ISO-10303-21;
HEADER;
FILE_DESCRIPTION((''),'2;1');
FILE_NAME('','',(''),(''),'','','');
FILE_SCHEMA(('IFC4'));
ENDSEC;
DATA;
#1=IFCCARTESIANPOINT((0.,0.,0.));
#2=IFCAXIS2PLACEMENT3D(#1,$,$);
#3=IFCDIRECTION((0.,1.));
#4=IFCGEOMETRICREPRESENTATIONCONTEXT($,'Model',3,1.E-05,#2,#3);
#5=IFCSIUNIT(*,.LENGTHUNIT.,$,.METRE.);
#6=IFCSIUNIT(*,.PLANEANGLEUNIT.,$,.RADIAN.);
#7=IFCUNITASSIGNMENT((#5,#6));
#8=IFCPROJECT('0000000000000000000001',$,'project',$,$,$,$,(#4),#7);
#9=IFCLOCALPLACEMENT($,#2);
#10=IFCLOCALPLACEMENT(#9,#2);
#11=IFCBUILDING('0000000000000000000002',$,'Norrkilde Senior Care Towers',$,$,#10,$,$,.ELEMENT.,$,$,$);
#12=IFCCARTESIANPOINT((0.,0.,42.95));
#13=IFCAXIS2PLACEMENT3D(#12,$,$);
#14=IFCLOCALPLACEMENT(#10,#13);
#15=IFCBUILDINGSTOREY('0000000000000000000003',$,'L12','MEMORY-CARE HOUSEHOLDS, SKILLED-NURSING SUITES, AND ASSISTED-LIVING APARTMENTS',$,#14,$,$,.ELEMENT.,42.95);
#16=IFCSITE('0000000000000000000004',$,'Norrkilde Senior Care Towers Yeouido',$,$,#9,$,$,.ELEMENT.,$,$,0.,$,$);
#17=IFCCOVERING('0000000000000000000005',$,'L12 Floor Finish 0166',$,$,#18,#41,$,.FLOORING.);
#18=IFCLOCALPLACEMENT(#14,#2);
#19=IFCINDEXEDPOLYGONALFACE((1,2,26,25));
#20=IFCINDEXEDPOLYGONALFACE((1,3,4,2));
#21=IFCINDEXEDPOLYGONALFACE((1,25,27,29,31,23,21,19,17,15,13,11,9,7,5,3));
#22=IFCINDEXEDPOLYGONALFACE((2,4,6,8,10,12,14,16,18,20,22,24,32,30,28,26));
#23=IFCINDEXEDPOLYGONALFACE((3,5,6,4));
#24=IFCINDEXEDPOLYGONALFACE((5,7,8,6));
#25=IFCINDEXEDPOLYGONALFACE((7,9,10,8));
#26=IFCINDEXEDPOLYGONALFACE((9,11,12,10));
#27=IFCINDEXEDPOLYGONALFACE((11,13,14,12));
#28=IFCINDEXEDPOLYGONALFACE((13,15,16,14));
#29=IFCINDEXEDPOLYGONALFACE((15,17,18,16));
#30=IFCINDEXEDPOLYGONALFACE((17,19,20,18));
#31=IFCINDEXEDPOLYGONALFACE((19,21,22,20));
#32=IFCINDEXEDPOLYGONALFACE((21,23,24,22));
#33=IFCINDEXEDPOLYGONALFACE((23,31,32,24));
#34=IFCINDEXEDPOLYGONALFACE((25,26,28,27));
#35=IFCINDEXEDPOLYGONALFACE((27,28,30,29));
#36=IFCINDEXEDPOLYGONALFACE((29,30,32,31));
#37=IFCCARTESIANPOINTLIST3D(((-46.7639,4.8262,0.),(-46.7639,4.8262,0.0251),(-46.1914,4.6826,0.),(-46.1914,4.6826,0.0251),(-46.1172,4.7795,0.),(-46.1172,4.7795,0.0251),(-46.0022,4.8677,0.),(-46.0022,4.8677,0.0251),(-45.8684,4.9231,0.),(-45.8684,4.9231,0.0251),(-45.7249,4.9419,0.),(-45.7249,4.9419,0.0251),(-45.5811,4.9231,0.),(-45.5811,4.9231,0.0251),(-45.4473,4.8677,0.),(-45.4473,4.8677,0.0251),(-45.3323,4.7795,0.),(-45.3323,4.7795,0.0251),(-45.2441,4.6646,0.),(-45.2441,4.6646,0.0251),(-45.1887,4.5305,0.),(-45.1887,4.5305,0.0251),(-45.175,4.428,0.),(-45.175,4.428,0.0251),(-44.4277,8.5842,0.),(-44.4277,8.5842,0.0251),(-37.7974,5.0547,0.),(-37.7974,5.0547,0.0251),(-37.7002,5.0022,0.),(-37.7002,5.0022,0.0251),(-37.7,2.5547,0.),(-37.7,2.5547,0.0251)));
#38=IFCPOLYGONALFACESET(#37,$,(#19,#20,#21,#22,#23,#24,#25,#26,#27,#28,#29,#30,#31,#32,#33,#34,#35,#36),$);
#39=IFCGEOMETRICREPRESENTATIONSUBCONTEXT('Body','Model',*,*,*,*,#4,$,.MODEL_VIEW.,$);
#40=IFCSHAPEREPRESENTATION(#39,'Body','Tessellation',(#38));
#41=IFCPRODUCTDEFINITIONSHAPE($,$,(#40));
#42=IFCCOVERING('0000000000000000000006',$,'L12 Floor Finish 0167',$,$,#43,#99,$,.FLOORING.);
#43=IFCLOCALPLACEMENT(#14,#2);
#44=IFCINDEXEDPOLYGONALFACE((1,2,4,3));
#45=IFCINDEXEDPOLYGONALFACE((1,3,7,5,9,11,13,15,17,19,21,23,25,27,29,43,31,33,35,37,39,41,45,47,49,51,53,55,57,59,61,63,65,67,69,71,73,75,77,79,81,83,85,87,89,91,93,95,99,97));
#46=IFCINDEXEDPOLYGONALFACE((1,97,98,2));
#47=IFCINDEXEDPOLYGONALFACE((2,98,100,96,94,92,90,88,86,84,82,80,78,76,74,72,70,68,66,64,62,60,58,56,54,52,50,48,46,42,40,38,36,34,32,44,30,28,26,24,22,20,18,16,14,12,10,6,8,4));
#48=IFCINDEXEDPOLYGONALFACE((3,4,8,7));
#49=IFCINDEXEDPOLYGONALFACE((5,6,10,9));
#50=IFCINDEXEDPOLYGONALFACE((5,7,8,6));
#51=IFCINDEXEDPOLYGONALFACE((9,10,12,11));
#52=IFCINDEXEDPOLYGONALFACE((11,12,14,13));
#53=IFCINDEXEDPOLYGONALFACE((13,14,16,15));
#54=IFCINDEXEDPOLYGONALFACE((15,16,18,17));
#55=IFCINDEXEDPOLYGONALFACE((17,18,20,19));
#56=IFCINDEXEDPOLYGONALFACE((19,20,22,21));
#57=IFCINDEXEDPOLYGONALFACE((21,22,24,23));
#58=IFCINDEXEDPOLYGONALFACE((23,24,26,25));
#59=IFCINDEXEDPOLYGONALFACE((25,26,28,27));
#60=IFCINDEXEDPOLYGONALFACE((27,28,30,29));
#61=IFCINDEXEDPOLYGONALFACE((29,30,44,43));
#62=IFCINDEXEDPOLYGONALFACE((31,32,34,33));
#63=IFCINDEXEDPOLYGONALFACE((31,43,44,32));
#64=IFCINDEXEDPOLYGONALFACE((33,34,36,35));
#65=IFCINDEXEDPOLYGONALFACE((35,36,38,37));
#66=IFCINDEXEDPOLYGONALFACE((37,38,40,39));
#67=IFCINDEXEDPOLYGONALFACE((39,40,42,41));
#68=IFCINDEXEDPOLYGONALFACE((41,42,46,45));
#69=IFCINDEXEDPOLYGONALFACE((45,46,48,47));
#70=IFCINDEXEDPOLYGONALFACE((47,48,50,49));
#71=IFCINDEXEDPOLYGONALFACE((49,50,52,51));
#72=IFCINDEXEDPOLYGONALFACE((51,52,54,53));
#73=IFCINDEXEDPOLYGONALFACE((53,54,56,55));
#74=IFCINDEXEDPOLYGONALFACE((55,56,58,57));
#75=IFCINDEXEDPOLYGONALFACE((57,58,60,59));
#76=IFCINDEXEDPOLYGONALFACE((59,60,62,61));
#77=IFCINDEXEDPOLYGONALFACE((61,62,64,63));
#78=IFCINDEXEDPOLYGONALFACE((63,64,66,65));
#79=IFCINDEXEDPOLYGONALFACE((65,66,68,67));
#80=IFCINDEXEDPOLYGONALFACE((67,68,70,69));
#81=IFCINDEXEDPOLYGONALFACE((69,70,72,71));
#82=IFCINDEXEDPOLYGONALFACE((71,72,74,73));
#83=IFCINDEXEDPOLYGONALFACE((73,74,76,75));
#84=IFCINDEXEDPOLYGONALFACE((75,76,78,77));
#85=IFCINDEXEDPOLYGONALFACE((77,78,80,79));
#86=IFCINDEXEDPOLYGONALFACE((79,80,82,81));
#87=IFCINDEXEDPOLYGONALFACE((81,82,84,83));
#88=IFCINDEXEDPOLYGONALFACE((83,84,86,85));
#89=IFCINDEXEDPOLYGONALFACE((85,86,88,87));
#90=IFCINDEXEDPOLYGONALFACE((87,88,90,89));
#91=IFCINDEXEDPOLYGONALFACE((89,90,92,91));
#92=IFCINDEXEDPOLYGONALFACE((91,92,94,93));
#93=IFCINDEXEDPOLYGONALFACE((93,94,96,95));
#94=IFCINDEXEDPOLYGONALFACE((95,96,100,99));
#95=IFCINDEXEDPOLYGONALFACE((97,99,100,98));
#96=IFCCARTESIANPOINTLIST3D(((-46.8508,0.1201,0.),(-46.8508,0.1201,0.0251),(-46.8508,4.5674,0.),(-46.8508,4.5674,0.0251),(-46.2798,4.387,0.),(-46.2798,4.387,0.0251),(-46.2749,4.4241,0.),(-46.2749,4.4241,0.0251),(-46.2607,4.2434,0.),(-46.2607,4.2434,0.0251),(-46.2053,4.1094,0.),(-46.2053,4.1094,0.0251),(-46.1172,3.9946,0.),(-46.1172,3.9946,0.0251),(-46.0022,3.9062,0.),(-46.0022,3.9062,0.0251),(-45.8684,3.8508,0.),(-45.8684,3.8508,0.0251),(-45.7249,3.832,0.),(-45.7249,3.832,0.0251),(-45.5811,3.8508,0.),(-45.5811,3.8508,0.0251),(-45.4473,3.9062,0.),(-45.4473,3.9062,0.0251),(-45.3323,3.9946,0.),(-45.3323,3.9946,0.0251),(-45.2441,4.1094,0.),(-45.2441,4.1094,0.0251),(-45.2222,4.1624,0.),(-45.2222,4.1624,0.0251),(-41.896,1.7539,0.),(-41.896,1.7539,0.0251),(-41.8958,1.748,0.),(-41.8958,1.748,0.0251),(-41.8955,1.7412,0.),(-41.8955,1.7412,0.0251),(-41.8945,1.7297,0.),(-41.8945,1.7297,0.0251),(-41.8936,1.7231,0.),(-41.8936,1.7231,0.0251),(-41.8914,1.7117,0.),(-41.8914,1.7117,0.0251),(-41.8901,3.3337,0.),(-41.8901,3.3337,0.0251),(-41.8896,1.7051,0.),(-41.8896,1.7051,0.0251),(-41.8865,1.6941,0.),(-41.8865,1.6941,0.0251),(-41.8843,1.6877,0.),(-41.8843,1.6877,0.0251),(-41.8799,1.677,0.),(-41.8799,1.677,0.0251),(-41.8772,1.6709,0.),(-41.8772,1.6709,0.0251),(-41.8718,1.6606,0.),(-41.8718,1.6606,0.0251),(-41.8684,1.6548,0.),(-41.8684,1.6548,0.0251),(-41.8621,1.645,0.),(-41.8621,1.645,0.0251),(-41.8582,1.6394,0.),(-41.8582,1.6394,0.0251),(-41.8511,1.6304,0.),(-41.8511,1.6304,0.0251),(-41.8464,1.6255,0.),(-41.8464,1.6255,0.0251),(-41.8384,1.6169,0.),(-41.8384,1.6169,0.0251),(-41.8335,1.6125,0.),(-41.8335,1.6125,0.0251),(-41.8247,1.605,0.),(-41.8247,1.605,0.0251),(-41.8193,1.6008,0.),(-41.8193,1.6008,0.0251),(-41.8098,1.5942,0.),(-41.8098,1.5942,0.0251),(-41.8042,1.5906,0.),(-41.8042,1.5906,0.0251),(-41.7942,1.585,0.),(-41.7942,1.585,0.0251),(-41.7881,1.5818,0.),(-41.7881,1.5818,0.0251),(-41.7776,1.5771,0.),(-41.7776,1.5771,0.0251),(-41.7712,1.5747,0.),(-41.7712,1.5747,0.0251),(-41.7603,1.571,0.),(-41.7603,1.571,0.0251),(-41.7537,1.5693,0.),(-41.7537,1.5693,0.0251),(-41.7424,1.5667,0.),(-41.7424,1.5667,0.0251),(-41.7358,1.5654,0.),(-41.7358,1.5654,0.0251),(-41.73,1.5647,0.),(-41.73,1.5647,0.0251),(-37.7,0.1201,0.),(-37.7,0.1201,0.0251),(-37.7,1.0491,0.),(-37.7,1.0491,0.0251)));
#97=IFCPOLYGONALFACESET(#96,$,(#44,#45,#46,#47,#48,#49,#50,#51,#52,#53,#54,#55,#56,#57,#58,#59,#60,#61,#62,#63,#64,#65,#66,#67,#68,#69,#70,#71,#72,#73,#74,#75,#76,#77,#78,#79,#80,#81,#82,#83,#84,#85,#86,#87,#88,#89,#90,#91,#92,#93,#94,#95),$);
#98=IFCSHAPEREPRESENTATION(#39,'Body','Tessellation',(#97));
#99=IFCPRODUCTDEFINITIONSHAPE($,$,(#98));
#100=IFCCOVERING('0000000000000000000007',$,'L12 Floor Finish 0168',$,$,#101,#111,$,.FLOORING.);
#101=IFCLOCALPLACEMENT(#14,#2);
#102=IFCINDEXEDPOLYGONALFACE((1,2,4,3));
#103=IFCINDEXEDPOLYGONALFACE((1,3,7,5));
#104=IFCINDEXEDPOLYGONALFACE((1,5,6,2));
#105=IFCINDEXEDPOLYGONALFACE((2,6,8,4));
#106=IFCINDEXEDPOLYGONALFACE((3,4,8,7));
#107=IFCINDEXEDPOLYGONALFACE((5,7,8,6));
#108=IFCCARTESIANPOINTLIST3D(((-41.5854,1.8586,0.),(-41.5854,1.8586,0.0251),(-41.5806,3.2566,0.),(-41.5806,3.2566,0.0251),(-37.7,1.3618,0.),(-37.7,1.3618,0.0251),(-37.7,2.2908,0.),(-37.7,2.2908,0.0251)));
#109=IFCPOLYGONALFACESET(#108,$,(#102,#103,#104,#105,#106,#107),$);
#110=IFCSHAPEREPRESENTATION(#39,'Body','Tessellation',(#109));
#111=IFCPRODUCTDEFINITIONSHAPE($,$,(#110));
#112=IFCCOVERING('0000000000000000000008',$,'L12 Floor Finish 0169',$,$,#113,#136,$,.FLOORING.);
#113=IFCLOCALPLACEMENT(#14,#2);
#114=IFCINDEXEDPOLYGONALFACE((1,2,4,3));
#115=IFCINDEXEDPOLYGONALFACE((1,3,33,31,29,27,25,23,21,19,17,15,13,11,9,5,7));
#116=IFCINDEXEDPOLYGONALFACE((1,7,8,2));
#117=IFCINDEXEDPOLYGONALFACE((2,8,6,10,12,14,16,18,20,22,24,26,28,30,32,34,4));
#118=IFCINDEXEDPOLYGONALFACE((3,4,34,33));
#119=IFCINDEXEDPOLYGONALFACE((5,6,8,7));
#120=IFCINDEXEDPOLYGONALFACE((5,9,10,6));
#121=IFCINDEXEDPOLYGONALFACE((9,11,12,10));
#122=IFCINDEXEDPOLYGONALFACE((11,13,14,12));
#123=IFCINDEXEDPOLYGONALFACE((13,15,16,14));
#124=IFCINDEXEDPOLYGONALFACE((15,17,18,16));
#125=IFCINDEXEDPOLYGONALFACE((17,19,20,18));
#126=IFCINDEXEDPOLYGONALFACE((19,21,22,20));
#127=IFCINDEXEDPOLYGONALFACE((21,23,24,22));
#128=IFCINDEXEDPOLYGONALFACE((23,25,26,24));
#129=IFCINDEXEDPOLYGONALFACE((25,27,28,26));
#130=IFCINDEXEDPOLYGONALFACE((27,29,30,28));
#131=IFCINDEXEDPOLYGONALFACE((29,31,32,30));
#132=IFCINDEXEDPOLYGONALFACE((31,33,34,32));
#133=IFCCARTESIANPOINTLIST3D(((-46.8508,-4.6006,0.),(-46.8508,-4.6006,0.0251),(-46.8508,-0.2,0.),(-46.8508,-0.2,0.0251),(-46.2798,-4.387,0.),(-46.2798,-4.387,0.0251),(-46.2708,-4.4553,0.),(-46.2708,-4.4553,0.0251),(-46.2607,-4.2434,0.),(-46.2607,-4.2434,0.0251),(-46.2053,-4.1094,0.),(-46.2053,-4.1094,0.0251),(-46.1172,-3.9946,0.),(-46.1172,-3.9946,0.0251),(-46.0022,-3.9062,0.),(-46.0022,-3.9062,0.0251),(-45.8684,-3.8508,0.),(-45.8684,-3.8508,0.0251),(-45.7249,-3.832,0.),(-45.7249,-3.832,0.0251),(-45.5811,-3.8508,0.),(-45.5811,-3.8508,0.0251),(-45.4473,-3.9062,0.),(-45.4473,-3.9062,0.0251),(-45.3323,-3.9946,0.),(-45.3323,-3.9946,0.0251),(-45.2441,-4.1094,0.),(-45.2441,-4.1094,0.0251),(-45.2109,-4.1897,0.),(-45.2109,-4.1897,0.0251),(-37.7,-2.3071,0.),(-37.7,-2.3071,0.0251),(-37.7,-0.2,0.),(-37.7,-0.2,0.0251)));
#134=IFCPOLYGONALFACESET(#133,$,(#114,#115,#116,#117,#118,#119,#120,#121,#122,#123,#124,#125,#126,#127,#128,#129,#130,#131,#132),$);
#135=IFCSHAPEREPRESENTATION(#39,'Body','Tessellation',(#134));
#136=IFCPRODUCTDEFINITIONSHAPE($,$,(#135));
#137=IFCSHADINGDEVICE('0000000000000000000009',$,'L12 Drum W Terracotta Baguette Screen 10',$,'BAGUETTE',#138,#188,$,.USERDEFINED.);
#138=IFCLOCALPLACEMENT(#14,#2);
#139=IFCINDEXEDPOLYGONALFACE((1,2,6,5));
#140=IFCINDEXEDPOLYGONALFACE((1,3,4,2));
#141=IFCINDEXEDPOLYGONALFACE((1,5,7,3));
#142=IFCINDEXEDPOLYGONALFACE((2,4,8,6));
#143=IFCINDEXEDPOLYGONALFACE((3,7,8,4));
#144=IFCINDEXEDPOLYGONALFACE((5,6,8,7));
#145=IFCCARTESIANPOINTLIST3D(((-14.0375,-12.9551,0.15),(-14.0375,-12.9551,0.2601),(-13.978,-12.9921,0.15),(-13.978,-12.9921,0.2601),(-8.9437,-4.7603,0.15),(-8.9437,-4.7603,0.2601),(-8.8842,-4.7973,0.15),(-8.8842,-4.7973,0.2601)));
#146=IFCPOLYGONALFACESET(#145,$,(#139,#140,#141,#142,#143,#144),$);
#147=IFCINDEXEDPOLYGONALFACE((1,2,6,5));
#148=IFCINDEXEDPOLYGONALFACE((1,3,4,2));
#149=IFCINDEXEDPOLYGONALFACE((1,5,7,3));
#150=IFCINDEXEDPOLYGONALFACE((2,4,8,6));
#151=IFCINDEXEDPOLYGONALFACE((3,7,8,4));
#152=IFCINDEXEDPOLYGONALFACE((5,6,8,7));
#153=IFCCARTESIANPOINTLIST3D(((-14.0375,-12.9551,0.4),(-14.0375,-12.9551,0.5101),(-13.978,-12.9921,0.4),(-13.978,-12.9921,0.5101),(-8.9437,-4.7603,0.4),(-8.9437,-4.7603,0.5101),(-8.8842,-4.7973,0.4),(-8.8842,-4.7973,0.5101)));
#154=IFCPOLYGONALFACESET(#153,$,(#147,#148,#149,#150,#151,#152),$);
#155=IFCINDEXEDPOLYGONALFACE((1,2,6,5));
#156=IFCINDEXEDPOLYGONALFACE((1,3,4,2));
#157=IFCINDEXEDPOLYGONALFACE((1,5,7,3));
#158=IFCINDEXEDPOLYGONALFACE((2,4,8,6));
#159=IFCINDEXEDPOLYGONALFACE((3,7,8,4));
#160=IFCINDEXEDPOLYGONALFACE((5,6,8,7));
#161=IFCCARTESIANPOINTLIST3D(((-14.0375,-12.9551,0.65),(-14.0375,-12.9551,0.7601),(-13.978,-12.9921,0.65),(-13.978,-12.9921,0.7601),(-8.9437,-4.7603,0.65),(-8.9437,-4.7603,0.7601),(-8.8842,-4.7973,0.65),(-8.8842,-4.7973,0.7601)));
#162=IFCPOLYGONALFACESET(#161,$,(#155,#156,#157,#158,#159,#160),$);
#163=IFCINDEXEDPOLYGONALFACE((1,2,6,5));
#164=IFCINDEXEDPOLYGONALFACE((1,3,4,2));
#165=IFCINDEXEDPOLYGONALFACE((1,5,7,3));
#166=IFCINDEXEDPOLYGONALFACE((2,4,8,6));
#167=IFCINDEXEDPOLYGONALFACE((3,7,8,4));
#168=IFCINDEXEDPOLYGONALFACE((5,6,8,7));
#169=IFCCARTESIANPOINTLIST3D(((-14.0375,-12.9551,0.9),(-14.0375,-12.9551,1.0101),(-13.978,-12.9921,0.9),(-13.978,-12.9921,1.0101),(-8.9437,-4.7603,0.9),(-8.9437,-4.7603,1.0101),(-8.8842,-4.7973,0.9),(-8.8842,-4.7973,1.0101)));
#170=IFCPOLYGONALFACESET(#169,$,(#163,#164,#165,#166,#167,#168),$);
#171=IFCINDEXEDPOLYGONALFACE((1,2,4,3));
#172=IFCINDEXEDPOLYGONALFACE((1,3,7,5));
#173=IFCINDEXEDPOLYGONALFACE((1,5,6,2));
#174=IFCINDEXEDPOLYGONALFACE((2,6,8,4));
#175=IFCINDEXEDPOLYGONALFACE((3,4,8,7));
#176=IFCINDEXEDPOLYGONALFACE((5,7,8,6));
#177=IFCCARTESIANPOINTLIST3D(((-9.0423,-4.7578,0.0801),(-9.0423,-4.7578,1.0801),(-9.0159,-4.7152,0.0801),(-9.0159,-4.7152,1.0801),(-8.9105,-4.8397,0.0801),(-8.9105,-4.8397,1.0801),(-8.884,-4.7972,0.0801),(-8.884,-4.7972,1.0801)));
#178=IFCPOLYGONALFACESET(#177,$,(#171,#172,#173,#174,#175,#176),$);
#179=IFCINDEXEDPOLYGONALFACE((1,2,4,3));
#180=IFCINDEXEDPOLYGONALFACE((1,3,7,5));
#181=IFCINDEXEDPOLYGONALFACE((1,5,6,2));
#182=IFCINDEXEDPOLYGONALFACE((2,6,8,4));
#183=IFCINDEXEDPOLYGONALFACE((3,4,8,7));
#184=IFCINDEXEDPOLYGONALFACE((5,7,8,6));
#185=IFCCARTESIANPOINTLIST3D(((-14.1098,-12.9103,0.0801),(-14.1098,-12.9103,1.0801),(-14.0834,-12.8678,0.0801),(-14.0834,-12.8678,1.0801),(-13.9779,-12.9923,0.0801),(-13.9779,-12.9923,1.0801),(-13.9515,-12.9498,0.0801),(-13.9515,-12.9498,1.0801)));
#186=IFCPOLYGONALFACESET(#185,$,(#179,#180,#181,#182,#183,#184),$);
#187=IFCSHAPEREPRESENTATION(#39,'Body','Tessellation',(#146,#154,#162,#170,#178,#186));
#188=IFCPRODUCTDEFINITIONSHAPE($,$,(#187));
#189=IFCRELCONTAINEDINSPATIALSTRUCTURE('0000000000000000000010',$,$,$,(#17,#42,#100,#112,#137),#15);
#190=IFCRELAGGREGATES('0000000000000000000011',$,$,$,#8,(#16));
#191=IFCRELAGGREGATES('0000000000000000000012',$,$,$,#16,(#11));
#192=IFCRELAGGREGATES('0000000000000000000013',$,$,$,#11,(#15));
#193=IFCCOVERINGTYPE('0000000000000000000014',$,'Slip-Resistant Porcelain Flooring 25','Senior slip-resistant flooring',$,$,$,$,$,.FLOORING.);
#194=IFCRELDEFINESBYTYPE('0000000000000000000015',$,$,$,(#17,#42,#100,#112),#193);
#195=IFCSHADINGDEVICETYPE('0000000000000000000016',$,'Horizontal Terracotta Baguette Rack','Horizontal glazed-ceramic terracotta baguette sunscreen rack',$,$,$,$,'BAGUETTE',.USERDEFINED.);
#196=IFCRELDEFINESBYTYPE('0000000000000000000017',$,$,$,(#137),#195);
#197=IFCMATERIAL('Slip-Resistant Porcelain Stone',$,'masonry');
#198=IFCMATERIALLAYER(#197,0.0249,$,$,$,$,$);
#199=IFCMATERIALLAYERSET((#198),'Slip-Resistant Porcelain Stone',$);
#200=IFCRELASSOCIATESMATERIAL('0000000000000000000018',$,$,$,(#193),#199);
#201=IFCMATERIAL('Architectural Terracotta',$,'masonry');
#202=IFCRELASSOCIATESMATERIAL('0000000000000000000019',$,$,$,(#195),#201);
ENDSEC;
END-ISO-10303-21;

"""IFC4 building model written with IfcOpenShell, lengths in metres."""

from ifc_helpers import new_model, si_unit, direction, frame, origin, origin_2d, place, context, subcontext, project, spatial, polyline, rectangle, outline, extrude, source, transform, mapped, material, layer, layer_set, type_object, type_shapes, element, save


model = new_model("IFC4")

# Units and contexts
model_context = context("Model", 3, precision=1e-05, world=origin(), true_north=direction((0.0, 1.0)))
body_context = subcontext(model_context, "Body", "Model", "MODEL_VIEW")
ifc_project = project(units=[si_unit("LENGTHUNIT", "METRE"), si_unit("PLANEANGLEUNIT", "RADIAN")], contexts=[model_context])

# Site, building, storey
site_placement = place(None, origin())
site = spatial("IfcSite", under=ifc_project, at=site_placement, Name="Norrkilde Senior Care Towers Yeouido", CompositionType="ELEMENT", RefElevation=0.0)
building_placement = place(site_placement, origin())
building = spatial("IfcBuilding", under=site, at=building_placement, Name="Norrkilde Senior Care Towers", CompositionType="ELEMENT")
storey_placement = place(building_placement, frame((0.0, 0.0, 42.95)))
storey = spatial("IfcBuildingStorey", under=building, at=storey_placement, Name="L12", Description="MEMORY-CARE HOUSEHOLDS, SKILLED-NURSING SUITES, AND ASSISTED-LIVING APARTMENTS", CompositionType="ELEMENT", Elevation=42.95)

# Coverings
ifc_material_1 = material(Name="Slip-Resistant Porcelain Stone", Category="masonry")
ifc_layer_1 = layer(ifc_material_1, 0.0249)
ifc_layer_set_1 = layer_set([ifc_layer_1], Name="Slip-Resistant Porcelain Stone")
covering_type_1 = type_object("IfcCoveringType", Name="Slip-Resistant Porcelain Flooring 25", Description="Senior slip-resistant flooring", PredefinedType="FLOORING", material=ifc_layer_set_1)
covering_1_placement = place(storey_placement, origin())
element("IfcCovering", 1, at=covering_1_placement, inside=storey, type_object=covering_type_1, Name="L12 Floor Finish 0166", PredefinedType="FLOORING", context=body_context, shape_type="SweptSolid", body=[
    extrude(outline(polyline([(-37.7974, 5.0547), (-37.7002, 5.0022), (-37.7, 2.5547), (-45.175, 4.428), (-45.1887, 4.5305), (-45.2441, 4.6646), (-45.3323, 4.7795), (-45.4473, 4.8677), (-45.5811, 4.9231), (-45.7249, 4.9419), (-45.8684, 4.9231), (-46.0022, 4.8677), (-46.1172, 4.7795), (-46.1914, 4.6826), (-46.7639, 4.8262), (-44.4277, 8.5842), (-37.7974, 5.0547)])), origin(), (0.0, 0.0, 1.0), 0.0251),
])
covering_2_placement = place(storey_placement, origin())
element("IfcCovering", 2, at=covering_2_placement, inside=storey, type_object=covering_type_1, Name="L12 Floor Finish 0167", PredefinedType="FLOORING", context=body_context, shape_type="SweptSolid", body=[
    extrude(outline(polyline([(-41.8945, 1.7297), (-41.8936, 1.7231), (-41.8914, 1.7117), (-41.8896, 1.7051), (-41.8865, 1.6941), (-41.8843, 1.6877), (-41.8799, 1.677), (-41.8772, 1.6709), (-41.8718, 1.6606), (-41.8684, 1.6548), (-41.8621, 1.645), (-41.8582, 1.6394), (-41.8511, 1.6304), (-41.8464, 1.6255), (-41.8384, 1.6169), (-41.8335, 1.6125), (-41.8247, 1.605), (-41.8193, 1.6008), (-41.8098, 1.5942), (-41.8042, 1.5906), (-41.7942, 1.585), (-41.7881, 1.5818), (-41.7776, 1.5771), (-41.7712, 1.5747), (-41.7603, 1.571), (-41.7537, 1.5693), (-41.7424, 1.5667), (-41.7358, 1.5654), (-41.73, 1.5647), (-37.7, 1.0491), (-37.7, 0.1201), (-46.8508, 0.1201), (-46.8508, 4.5674), (-46.2749, 4.4241), (-46.2798, 4.387), (-46.2607, 4.2434), (-46.2053, 4.1094), (-46.1172, 3.9946), (-46.0022, 3.9062), (-45.8684, 3.8508), (-45.7249, 3.832), (-45.5811, 3.8508), (-45.4473, 3.9062), (-45.3323, 3.9946), (-45.2441, 4.1094), (-45.2222, 4.1624), (-41.8901, 3.3337), (-41.896, 1.7539), (-41.8958, 1.748), (-41.8955, 1.7412), (-41.8945, 1.7297)])), origin(), (0.0, 0.0, 1.0), 0.0251),
])
covering_3_placement = place(storey_placement, origin())
element("IfcCovering", 3, at=covering_3_placement, inside=storey, type_object=covering_type_1, Name="L12 Floor Finish 0168", PredefinedType="FLOORING", context=body_context, shape_type="SweptSolid", body=[
    extrude(outline(polyline([(-41.5806, 3.2566), (-37.7, 2.2908), (-37.7, 1.3618), (-41.5854, 1.8586), (-41.5806, 3.2566)])), origin(), (0.0, 0.0, 1.0), 0.0251),
])
covering_4_placement = place(storey_placement, origin())
element("IfcCovering", 4, at=covering_4_placement, inside=storey, type_object=covering_type_1, Name="L12 Floor Finish 0169", PredefinedType="FLOORING", context=body_context, shape_type="SweptSolid", body=[
    extrude(outline(polyline([(-37.7, -0.2), (-37.7, -2.3071), (-45.2109, -4.1897), (-45.2441, -4.1094), (-45.3323, -3.9946), (-45.4473, -3.9062), (-45.5811, -3.8508), (-45.7249, -3.832), (-45.8684, -3.8508), (-46.0022, -3.9062), (-46.1172, -3.9946), (-46.2053, -4.1094), (-46.2607, -4.2434), (-46.2798, -4.387), (-46.2708, -4.4553), (-46.8508, -4.6006), (-46.8508, -0.2), (-37.7, -0.2)])), origin(), (0.0, 0.0, 1.0), 0.0251),
])

# Shading device
ifc_material_2 = material(Name="Architectural Terracotta", Category="masonry")
shading_device_type = type_object("IfcShadingDeviceType", Name="Horizontal Terracotta Baguette Rack", Description="Horizontal glazed-ceramic terracotta baguette sunscreen rack", ElementType="BAGUETTE", PredefinedType="USERDEFINED", material=ifc_material_2)
shared_shape_1 = source(origin(), body_context, "Body", "SweptSolid", [
    extrude(rectangle(XDim=0.0701, YDim=0.1101, at=origin_2d()), frame((0.0, 0.0901, 0.125), z_axis=(1.0, 0.0, 0.0), x_axis=(0.0, 1.0, 0.0)), (0.0, 0.0, 1.0), 9.6489),
    extrude(rectangle(XDim=0.0701, YDim=0.1101, at=origin_2d()), frame((0.0, 0.0901, 0.375), z_axis=(1.0, 0.0, 0.0), x_axis=(0.0, 1.0, 0.0)), (0.0, 0.0, 1.0), 9.6489),
    extrude(rectangle(XDim=0.0701, YDim=0.1101, at=origin_2d()), frame((0.0, 0.0901, 0.625), z_axis=(1.0, 0.0, 0.0), x_axis=(0.0, 1.0, 0.0)), (0.0, 0.0, 1.0), 9.6489),
    extrude(rectangle(XDim=0.0701, YDim=0.1101, at=origin_2d()), frame((0.0, 0.0901, 0.875), z_axis=(1.0, 0.0, 0.0), x_axis=(0.0, 1.0, 0.0)), (0.0, 0.0, 1.0), 9.6489),
    extrude(rectangle(XDim=0.05, YDim=0.1553, at=origin_2d()), frame((0.0249, 0.0476, 0.0)), (0.0, 0.0, 1.0), 1.0),
    extrude(rectangle(XDim=0.05, YDim=0.1553, at=origin_2d()), frame((9.624, 0.0476, 0.0)), (0.0, 0.0, 1.0), 1.0),
])
type_shapes(shading_device_type, [shared_shape_1])
shading_device_placement = place(storey_placement, frame((-8.9905, -4.7312, 0.0801), z_axis=(0.0, 0.0, 1.0), x_axis=(-0.527909, -0.849299, 0.0)))
element("IfcShadingDevice", 5, at=shading_device_placement, inside=storey, type_object=shading_device_type, Name="L12 Drum W Terracotta Baguette Screen 10", ObjectType="BAGUETTE", PredefinedType="USERDEFINED", context=body_context, shape_type="MappedRepresentation", body=[
    mapped(shared_shape_1, transform((0.0, 0.0, 0.0), x_axis=(1.0, 0.0, 0.0), y_axis=(0.0, 1.0, 0.0), z_axis=(0.0, 0.0, 1.0), scale=1.0)),
])

save(model, "model.ifc")
